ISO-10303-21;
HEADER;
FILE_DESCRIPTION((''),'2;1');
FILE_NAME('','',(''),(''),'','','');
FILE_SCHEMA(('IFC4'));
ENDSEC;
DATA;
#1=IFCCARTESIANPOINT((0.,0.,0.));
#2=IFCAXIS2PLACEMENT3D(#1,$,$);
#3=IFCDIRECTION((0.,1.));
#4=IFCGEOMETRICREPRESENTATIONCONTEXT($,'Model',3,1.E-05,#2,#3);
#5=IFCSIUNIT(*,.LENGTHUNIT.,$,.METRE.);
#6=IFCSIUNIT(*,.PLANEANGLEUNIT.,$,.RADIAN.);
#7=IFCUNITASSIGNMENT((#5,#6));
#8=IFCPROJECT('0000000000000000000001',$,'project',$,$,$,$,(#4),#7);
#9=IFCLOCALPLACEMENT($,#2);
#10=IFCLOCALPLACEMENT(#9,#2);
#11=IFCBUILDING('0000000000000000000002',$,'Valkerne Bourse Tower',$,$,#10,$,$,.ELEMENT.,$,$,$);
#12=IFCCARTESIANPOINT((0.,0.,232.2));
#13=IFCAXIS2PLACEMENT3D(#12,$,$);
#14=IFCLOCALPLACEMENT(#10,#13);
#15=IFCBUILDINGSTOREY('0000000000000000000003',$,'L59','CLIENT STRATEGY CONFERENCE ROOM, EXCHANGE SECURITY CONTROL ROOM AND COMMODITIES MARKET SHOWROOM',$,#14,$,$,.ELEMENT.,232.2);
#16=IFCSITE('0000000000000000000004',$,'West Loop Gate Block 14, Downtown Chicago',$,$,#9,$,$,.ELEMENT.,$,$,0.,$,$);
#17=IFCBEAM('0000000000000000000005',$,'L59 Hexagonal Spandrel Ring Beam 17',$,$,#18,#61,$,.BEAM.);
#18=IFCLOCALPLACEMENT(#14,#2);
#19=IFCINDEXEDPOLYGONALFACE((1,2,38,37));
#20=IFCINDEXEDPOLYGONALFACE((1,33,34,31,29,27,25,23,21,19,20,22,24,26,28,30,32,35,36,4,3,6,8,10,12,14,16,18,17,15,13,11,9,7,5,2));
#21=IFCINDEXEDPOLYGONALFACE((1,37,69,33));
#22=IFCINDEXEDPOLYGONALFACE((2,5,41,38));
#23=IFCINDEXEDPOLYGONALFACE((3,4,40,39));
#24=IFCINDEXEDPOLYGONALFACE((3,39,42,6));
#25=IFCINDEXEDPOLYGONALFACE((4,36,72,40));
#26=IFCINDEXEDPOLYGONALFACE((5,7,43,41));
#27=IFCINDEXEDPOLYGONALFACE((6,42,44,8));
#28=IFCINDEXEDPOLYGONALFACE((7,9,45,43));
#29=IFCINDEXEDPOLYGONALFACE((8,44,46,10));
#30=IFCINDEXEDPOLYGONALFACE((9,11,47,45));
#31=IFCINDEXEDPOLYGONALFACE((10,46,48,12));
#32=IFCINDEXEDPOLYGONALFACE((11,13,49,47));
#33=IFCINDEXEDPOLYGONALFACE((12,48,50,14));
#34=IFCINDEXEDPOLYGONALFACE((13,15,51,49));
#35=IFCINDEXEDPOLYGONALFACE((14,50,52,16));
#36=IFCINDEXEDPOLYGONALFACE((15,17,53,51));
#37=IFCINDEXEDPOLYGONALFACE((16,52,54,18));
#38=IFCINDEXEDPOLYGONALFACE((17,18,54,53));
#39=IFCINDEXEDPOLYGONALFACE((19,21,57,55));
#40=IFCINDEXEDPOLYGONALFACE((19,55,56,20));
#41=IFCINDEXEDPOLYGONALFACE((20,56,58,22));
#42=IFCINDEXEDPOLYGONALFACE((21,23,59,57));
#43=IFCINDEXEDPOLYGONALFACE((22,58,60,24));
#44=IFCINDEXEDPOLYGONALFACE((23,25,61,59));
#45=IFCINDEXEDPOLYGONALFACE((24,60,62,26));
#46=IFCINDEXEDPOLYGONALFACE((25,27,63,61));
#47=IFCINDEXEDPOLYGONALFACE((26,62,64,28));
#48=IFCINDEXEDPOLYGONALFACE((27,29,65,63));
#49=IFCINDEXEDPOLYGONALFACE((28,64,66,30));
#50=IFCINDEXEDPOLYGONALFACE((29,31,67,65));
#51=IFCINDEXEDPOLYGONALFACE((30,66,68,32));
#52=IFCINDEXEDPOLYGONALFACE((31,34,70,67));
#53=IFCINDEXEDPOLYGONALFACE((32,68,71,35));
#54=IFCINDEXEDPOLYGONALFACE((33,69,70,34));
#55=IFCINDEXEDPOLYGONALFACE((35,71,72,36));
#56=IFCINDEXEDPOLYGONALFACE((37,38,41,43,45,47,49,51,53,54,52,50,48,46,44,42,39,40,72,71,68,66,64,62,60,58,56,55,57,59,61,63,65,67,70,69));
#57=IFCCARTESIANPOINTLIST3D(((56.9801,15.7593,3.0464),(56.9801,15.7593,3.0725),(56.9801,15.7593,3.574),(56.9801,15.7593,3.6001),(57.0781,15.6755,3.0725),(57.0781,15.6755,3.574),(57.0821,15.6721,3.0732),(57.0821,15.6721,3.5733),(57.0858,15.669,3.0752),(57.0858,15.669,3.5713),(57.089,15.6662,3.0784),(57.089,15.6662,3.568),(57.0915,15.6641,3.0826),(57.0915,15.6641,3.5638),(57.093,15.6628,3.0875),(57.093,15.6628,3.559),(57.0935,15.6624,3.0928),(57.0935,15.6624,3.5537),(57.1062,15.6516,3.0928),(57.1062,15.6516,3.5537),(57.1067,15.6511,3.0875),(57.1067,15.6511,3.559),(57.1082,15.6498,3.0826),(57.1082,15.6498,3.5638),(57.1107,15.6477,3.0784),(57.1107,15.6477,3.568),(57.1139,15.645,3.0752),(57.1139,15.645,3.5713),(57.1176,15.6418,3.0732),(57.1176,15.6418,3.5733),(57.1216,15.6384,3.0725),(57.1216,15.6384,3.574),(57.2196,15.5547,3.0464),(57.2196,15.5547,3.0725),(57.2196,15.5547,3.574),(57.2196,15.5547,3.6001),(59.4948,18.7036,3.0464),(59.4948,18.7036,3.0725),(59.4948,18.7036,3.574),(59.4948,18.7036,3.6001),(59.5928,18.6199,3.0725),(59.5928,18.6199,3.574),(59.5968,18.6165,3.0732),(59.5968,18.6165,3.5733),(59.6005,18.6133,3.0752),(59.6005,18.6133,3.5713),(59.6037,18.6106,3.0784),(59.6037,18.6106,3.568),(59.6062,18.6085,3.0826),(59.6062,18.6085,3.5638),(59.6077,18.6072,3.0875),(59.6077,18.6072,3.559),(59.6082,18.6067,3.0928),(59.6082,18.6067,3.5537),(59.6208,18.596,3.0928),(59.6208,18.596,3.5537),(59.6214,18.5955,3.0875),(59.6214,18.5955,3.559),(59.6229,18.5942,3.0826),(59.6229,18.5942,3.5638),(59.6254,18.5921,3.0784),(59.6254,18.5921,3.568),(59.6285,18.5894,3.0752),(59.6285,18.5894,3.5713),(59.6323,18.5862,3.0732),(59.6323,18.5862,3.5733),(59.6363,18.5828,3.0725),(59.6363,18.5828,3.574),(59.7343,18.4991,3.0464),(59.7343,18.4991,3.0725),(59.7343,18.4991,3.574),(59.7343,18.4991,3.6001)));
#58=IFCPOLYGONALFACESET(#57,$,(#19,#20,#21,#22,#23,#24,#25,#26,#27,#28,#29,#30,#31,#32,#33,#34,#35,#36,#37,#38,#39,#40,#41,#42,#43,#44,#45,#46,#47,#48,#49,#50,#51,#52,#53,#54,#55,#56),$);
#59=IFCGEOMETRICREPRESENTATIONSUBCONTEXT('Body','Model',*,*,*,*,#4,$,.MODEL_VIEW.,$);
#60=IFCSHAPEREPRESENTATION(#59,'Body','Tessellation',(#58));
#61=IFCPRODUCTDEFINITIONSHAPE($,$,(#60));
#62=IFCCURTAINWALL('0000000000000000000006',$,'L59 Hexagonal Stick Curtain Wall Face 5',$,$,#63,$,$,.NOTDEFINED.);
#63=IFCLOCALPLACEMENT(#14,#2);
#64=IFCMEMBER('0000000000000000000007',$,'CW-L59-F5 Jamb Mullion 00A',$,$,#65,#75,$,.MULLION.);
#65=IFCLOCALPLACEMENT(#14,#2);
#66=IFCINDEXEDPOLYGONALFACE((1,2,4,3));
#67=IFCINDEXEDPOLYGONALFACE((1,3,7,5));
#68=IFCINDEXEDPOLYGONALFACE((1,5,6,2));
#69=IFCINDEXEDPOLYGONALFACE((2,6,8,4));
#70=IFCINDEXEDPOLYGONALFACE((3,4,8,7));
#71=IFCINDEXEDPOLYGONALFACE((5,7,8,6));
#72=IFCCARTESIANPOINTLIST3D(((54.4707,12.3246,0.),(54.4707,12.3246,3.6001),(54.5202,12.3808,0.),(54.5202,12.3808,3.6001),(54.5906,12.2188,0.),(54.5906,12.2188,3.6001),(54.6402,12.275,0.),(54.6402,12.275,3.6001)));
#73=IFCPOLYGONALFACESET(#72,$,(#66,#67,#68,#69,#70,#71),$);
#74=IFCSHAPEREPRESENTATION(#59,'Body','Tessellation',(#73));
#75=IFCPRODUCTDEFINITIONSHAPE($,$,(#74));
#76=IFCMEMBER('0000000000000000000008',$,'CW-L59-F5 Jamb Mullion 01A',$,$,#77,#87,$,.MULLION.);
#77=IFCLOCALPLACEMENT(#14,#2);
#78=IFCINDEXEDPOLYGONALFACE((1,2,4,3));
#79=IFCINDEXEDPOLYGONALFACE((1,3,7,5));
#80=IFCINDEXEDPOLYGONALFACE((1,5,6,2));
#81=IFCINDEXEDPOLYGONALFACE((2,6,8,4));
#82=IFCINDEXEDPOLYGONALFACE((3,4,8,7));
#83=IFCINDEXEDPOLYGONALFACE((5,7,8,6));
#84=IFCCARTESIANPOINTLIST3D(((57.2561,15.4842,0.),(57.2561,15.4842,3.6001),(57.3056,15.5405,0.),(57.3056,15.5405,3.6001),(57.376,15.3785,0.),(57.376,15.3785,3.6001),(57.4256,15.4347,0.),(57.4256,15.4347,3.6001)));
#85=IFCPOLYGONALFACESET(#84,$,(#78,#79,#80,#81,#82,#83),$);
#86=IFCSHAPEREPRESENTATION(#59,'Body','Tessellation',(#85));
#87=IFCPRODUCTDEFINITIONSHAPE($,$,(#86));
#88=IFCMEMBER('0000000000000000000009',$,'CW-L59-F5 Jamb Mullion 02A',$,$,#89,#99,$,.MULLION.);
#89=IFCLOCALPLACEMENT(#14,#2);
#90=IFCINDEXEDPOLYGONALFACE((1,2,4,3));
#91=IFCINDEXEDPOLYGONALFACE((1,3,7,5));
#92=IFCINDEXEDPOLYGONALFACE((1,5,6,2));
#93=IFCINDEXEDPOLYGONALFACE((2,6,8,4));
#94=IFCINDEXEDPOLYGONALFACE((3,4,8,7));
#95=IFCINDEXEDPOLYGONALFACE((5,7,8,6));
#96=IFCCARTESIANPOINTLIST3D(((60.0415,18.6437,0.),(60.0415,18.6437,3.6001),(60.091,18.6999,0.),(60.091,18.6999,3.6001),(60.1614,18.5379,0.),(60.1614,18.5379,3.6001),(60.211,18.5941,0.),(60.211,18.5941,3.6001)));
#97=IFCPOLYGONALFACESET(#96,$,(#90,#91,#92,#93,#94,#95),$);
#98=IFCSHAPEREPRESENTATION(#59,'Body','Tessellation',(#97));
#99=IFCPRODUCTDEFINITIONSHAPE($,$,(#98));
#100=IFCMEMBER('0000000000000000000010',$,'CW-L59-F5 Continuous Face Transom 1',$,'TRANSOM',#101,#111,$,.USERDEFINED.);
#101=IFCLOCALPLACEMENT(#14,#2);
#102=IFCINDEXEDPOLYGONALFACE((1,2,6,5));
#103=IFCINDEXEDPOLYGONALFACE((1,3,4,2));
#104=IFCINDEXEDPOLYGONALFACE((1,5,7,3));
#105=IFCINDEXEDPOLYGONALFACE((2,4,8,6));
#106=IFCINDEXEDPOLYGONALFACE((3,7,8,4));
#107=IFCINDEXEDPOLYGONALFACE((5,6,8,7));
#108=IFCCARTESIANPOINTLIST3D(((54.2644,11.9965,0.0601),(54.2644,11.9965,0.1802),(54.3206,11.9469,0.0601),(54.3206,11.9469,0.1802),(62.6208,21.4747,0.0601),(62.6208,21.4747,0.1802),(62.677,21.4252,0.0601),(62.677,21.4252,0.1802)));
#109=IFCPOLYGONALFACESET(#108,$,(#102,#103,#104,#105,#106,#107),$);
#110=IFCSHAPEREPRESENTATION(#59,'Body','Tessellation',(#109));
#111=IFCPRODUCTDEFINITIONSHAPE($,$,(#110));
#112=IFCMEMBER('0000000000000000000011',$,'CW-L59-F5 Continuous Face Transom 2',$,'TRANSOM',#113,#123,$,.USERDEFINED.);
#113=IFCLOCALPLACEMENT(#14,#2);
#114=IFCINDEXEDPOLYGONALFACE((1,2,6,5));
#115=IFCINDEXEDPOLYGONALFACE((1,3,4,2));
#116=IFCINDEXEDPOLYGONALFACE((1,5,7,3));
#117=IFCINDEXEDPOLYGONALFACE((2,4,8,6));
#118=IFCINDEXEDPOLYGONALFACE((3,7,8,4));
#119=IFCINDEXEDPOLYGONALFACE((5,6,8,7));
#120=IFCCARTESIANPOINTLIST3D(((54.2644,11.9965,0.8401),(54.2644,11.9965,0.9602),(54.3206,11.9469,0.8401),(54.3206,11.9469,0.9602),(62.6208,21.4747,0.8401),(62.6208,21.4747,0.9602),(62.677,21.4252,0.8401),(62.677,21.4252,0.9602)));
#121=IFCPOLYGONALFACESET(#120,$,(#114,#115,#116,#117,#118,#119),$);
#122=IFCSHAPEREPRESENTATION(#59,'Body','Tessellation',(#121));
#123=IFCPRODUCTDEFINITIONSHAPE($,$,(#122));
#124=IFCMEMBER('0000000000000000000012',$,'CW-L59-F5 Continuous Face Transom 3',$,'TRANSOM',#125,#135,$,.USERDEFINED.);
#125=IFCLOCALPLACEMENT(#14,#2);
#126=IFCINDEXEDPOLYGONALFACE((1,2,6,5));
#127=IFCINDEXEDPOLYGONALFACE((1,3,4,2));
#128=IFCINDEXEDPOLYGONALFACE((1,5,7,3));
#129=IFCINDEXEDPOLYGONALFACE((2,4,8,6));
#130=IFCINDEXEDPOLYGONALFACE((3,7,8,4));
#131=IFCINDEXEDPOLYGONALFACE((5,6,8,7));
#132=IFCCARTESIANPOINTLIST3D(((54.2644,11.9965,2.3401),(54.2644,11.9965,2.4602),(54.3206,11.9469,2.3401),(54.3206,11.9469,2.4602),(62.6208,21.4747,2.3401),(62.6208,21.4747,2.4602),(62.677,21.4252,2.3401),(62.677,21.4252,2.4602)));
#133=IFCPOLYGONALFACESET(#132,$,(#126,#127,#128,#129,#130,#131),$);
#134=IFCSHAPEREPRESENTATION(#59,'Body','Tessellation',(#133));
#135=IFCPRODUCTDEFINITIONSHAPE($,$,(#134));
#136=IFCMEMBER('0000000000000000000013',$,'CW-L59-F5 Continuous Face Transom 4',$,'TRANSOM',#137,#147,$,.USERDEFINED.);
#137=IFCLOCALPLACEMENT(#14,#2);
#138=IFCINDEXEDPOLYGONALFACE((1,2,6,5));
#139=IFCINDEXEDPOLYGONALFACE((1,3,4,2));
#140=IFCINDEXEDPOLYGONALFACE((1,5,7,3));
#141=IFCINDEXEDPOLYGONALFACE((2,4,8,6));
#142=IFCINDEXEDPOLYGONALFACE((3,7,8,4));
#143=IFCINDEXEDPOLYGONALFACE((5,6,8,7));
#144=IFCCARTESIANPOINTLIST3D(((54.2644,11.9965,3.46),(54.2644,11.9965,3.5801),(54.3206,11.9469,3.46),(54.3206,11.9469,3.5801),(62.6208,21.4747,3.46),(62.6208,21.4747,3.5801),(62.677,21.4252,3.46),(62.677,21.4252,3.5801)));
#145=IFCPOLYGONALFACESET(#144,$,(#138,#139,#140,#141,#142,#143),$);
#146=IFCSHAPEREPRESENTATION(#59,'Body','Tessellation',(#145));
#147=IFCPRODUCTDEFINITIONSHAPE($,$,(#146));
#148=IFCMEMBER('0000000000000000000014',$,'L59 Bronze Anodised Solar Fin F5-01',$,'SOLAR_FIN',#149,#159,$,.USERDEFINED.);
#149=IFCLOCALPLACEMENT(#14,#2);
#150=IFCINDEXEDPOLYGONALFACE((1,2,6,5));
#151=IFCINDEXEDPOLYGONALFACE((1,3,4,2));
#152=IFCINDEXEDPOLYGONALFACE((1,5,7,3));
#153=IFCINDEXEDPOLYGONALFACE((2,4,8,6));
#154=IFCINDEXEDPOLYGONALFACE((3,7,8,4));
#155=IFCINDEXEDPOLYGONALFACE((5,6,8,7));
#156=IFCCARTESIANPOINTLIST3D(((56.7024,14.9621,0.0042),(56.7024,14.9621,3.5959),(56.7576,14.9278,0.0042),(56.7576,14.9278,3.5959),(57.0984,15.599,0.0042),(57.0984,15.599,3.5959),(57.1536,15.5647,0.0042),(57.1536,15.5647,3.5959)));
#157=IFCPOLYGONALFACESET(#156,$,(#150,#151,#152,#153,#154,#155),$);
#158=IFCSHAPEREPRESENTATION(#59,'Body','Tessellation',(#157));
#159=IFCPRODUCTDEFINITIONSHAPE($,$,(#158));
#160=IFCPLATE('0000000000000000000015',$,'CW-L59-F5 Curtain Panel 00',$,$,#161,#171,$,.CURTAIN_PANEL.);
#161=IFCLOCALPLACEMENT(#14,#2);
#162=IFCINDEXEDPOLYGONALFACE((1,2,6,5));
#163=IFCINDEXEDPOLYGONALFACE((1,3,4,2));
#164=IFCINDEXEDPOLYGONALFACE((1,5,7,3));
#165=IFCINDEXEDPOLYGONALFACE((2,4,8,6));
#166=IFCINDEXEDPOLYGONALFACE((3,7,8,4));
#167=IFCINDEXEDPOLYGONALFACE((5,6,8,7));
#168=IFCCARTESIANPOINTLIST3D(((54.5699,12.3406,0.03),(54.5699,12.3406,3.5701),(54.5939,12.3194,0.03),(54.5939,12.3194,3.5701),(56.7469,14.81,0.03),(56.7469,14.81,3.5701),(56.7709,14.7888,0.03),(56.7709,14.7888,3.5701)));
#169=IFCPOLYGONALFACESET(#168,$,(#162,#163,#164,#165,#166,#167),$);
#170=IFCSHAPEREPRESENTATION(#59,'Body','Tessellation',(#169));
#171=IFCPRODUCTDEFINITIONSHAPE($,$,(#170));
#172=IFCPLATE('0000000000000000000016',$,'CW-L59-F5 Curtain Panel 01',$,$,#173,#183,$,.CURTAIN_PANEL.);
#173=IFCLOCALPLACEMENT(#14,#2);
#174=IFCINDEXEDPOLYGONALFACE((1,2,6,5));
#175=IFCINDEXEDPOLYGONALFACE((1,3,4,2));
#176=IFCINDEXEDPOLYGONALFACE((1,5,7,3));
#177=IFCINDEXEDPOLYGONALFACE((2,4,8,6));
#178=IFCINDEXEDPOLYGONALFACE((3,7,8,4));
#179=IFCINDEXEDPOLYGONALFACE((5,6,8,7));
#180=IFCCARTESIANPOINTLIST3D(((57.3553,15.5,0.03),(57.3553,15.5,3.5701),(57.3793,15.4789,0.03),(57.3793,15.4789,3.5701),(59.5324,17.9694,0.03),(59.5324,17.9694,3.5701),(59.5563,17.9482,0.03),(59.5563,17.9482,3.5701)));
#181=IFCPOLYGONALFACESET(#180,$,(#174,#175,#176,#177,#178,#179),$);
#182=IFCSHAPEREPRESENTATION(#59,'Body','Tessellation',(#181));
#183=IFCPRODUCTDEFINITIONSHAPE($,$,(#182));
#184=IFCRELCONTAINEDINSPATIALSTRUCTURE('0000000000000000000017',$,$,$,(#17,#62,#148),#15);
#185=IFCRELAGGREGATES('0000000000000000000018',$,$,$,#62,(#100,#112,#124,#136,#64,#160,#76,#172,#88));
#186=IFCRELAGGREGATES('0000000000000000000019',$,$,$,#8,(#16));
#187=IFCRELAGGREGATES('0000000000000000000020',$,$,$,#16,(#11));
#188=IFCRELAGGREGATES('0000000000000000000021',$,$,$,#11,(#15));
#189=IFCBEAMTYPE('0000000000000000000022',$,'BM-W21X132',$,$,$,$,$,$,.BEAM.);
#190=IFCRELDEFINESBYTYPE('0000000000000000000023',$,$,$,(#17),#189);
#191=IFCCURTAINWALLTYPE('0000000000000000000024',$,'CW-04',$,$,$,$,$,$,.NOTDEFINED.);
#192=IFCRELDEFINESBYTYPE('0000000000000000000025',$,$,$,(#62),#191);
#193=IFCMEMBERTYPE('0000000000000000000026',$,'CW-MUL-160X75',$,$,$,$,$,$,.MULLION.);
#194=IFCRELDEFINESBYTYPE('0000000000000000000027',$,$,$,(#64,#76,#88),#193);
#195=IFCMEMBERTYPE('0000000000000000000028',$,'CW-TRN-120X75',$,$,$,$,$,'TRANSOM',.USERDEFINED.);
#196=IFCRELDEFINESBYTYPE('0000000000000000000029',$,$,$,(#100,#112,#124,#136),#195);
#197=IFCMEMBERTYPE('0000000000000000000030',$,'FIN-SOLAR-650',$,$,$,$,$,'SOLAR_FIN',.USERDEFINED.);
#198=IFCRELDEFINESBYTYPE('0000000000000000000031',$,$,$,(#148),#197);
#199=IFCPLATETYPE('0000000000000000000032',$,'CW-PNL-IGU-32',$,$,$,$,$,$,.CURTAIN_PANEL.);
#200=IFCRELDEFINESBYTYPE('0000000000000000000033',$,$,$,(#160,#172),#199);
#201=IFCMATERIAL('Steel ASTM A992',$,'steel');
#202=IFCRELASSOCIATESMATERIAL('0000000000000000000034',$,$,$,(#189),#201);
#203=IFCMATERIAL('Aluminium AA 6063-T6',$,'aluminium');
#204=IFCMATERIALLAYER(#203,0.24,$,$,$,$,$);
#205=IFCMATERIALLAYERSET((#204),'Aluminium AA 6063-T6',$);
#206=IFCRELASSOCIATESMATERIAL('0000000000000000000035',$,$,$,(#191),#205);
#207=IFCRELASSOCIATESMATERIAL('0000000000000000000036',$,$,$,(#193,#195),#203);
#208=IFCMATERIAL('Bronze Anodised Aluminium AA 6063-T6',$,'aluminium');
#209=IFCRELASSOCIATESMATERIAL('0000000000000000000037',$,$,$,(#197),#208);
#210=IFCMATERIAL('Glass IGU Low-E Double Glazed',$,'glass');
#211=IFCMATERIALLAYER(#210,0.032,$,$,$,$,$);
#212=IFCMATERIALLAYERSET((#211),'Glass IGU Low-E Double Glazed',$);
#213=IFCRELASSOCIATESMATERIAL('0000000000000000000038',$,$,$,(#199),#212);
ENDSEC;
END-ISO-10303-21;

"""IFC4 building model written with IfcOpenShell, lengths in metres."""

from ifc_helpers import new_model, si_unit, direction, frame, origin, origin_2d, place, context, subcontext, project, spatial, rectangle, i_section, extrude, material, layer, layer_set, material_profile, profile_set, type_object, element, aggregate, save


model = new_model("IFC4")

# Units and contexts
model_context = context("Model", 3, precision=1e-05, world=origin(), true_north=direction((0.0, 1.0)))
body_context = subcontext(model_context, "Body", "Model", "MODEL_VIEW")
ifc_project = project(units=[si_unit("LENGTHUNIT", "METRE"), si_unit("PLANEANGLEUNIT", "RADIAN")], contexts=[model_context])

# Site, building, storey
site_placement = place(None, origin())
site = spatial("IfcSite", under=ifc_project, at=site_placement, Name="West Loop Gate Block 14, Downtown Chicago", CompositionType="ELEMENT", RefElevation=0.0)
building_placement = place(site_placement, origin())
building = spatial("IfcBuilding", under=site, at=building_placement, Name="Valkerne Bourse Tower", CompositionType="ELEMENT")
storey_placement = place(building_placement, frame((0.0, 0.0, 232.2)))
storey = spatial("IfcBuildingStorey", under=building, at=storey_placement, Name="L59", Description="CLIENT STRATEGY CONFERENCE ROOM, EXCHANGE SECURITY CONTROL ROOM AND COMMODITIES MARKET SHOWROOM", CompositionType="ELEMENT", Elevation=232.2)

# Beam
ifc_material_1 = material(Name="Steel ASTM A992", Category="steel")
ifc_material_profile_1 = material_profile(ifc_material_1, i_section(OverallWidth=0.3149, OverallDepth=0.5537, WebThickness=0.0166, FlangeThickness=0.0261, FilletRadius=0.0203, at=origin_2d()), Name="W21X132")
ifc_profile_set_1 = profile_set([ifc_material_profile_1], Name="Steel ASTM A992")
beam_type = type_object("IfcBeamType", Name="BM-W21X132", PredefinedType="BEAM", material=ifc_profile_set_1)
beam_1_placement = place(storey_placement, frame((57.0999, 15.657, 3.3232), z_axis=(0.64944, 0.760413, 0.0), x_axis=(-0.760413, 0.64944, 0.0)))
element("IfcBeam", 1, at=beam_1_placement, inside=storey, type_object=beam_type, Name="L59 Hexagonal Spandrel Ring Beam 17", PredefinedType="BEAM", context=body_context, shape_type="SweptSolid", body=[
    extrude(i_section(OverallWidth=0.3149, OverallDepth=0.5537, WebThickness=0.0166, FlangeThickness=0.0261, FilletRadius=0.0203, at=origin_2d()), origin(), (0.0, 0.0, 1.0), 3.8721),
])

# Curtain wall, members
ifc_material_2 = material(Name="Aluminium AA 6063-T6", Category="aluminium")
ifc_layer_1 = layer(ifc_material_2, 0.24)
ifc_layer_set_1 = layer_set([ifc_layer_1], Name="Aluminium AA 6063-T6")
curtain_wall_type = type_object("IfcCurtainWallType", Name="CW-04", PredefinedType="NOTDEFINED", material=ifc_layer_set_1)
curtain_wall_placement = place(storey_placement, origin())
curtain_wall = element("IfcCurtainWall", 2, at=curtain_wall_placement, inside=storey, type_object=curtain_wall_type, Name="L59 Hexagonal Stick Curtain Wall Face 5", PredefinedType="NOTDEFINED")
ifc_material_profile_2 = material_profile(ifc_material_2, rectangle(XDim=0.075, YDim=0.1599, at=origin_2d()), Name="CWM-75X160")
ifc_profile_set_2 = profile_set([ifc_material_profile_2], Name="Aluminium AA 6063-T6")
member_type_1 = type_object("IfcMemberType", Name="CW-MUL-160X75", PredefinedType="MULLION", material=ifc_profile_set_2)
member_1_placement = place(storey_placement, frame((54.5554, 12.2998, 0.0), z_axis=(0.0, 0.0, 1.0), x_axis=(0.661302, 0.75012, 0.0)))
member_1 = element("IfcMember", 3, at=member_1_placement, type_object=member_type_1, Name="CW-L59-F5 Jamb Mullion 00A", PredefinedType="MULLION", context=body_context, shape_type="SweptSolid", body=[
    extrude(rectangle(XDim=0.075, YDim=0.1599, at=origin_2d()), origin(), (0.0, 0.0, 1.0), 3.6001),
])
member_2_placement = place(storey_placement, frame((57.3408, 15.4595, 0.0), z_axis=(0.0, 0.0, 1.0), x_axis=(0.661327, 0.750098, 0.0)))
member_2 = element("IfcMember", 4, at=member_2_placement, type_object=member_type_1, Name="CW-L59-F5 Jamb Mullion 01A", PredefinedType="MULLION", context=body_context, shape_type="SweptSolid", body=[
    extrude(rectangle(XDim=0.075, YDim=0.1599, at=origin_2d()), origin(), (0.0, 0.0, 1.0), 3.6001),
])
member_3_placement = place(storey_placement, frame((60.1262, 18.6189, 0.0), z_axis=(0.0, 0.0, 1.0), x_axis=(0.661302, 0.75012, 0.0)))
member_3 = element("IfcMember", 5, at=member_3_placement, type_object=member_type_1, Name="CW-L59-F5 Jamb Mullion 02A", PredefinedType="MULLION", context=body_context, shape_type="SweptSolid", body=[
    extrude(rectangle(XDim=0.075, YDim=0.1599, at=origin_2d()), origin(), (0.0, 0.0, 1.0), 3.6001),
])
ifc_material_profile_3 = material_profile(ifc_material_2, rectangle(XDim=0.075, YDim=0.1201, at=origin_2d()), Name="CWT-75X120")
ifc_profile_set_3 = profile_set([ifc_material_profile_3], Name="Aluminium AA 6063-T6")
member_type_2 = type_object("IfcMemberType", Name="CW-TRN-120X75", ElementType="TRANSOM", PredefinedType="USERDEFINED", material=ifc_profile_set_3)
member_4_placement = place(storey_placement, frame((54.2925, 11.9717, 0.1201), z_axis=(0.661322, 0.750102, 0.0), x_axis=(-0.750102, 0.661322, 0.0)))
member_4 = element("IfcMember", 6, at=member_4_placement, type_object=member_type_2, Name="CW-L59-F5 Continuous Face Transom 1", ObjectType="TRANSOM", PredefinedType="USERDEFINED", context=body_context, shape_type="SweptSolid", body=[
    extrude(rectangle(XDim=0.075, YDim=0.1201, at=origin_2d()), origin(), (0.0, 0.0, 1.0), 12.636),
])
member_5_placement = place(storey_placement, frame((54.2925, 11.9717, 0.9001), z_axis=(0.661322, 0.750102, 0.0), x_axis=(-0.750102, 0.661322, 0.0)))
member_5 = element("IfcMember", 7, at=member_5_placement, type_object=member_type_2, Name="CW-L59-F5 Continuous Face Transom 2", ObjectType="TRANSOM", PredefinedType="USERDEFINED", context=body_context, shape_type="SweptSolid", body=[
    extrude(rectangle(XDim=0.075, YDim=0.1201, at=origin_2d()), origin(), (0.0, 0.0, 1.0), 12.636),
])
member_6_placement = place(storey_placement, frame((54.2925, 11.9717, 2.4001), z_axis=(0.661322, 0.750102, 0.0), x_axis=(-0.750102, 0.661322, 0.0)))
member_6 = element("IfcMember", 8, at=member_6_placement, type_object=member_type_2, Name="CW-L59-F5 Continuous Face Transom 3", ObjectType="TRANSOM", PredefinedType="USERDEFINED", context=body_context, shape_type="SweptSolid", body=[
    extrude(rectangle(XDim=0.075, YDim=0.1201, at=origin_2d()), origin(), (0.0, 0.0, 1.0), 12.636),
])
member_7_placement = place(storey_placement, frame((54.2925, 11.9717, 3.52), z_axis=(0.661322, 0.750102, 0.0), x_axis=(-0.750102, 0.661322, 0.0)))
member_7 = element("IfcMember", 9, at=member_7_placement, type_object=member_type_2, Name="CW-L59-F5 Continuous Face Transom 4", ObjectType="TRANSOM", PredefinedType="USERDEFINED", context=body_context, shape_type="SweptSolid", body=[
    extrude(rectangle(XDim=0.075, YDim=0.1201, at=origin_2d()), origin(), (0.0, 0.0, 1.0), 12.636),
])

# Member
ifc_material_3 = material(Name="Bronze Anodised Aluminium AA 6063-T6", Category="aluminium")
ifc_material_profile_4 = material_profile(ifc_material_3, rectangle(XDim=0.0649, YDim=0.75, at=origin_2d()), Name="FIN-65X750")
ifc_profile_set_4 = profile_set([ifc_material_profile_4], Name="Bronze Anodised Aluminium AA 6063-T6")
member_type_3 = type_object("IfcMemberType", Name="FIN-SOLAR-650", ElementType="SOLAR_FIN", PredefinedType="USERDEFINED", material=ifc_profile_set_4)
member_8_placement = place(storey_placement, frame((56.928, 15.2634, 0.0042), z_axis=(0.0, 0.0, 1.0), x_axis=(0.84924, -0.528007, 0.0)))
element("IfcMember", 10, at=member_8_placement, inside=storey, type_object=member_type_3, Name="L59 Bronze Anodised Solar Fin F5-01", ObjectType="SOLAR_FIN", PredefinedType="USERDEFINED", context=body_context, shape_type="SweptSolid", body=[
    extrude(rectangle(XDim=0.0649, YDim=0.75, at=origin_2d()), origin(), (0.0, 0.0, 1.0), 3.5918),
])

# Plates
ifc_material_4 = material(Name="Glass IGU Low-E Double Glazed", Category="glass")
ifc_layer_2 = layer(ifc_material_4, 0.032)
ifc_layer_set_2 = layer_set([ifc_layer_2], Name="Glass IGU Low-E Double Glazed")
plate_type = type_object("IfcPlateType", Name="CW-PNL-IGU-32", PredefinedType="CURTAIN_PANEL", material=ifc_layer_set_2)
plate_1_placement = place(storey_placement, frame((55.6704, 13.5647, 0.03), z_axis=(0.0, 0.0, 1.0), x_axis=(0.661302, 0.75012, 0.0)))
plate_1 = element("IfcPlate", 11, at=plate_1_placement, type_object=plate_type, Name="CW-L59-F5 Curtain Panel 00", PredefinedType="CURTAIN_PANEL", context=body_context, shape_type="SweptSolid", body=[
    extrude(rectangle(XDim=3.292, YDim=0.032, at=origin_2d()), origin(), (0.0, 0.0, 1.0), 3.54),
])
plate_2_placement = place(storey_placement, frame((58.4558, 16.7241, 0.03), z_axis=(0.0, 0.0, 1.0), x_axis=(0.661327, 0.750098, 0.0)))
plate_2 = element("IfcPlate", 12, at=plate_2_placement, type_object=plate_type, Name="CW-L59-F5 Curtain Panel 01", PredefinedType="CURTAIN_PANEL", context=body_context, shape_type="SweptSolid", body=[
    extrude(rectangle(XDim=3.292, YDim=0.032, at=origin_2d()), origin(), (0.0, 0.0, 1.0), 3.54),
])
aggregate(curtain_wall, [member_4, member_5, member_6, member_7, member_1, plate_1, member_2, plate_2, member_3])

save(model, "model.ifc")
